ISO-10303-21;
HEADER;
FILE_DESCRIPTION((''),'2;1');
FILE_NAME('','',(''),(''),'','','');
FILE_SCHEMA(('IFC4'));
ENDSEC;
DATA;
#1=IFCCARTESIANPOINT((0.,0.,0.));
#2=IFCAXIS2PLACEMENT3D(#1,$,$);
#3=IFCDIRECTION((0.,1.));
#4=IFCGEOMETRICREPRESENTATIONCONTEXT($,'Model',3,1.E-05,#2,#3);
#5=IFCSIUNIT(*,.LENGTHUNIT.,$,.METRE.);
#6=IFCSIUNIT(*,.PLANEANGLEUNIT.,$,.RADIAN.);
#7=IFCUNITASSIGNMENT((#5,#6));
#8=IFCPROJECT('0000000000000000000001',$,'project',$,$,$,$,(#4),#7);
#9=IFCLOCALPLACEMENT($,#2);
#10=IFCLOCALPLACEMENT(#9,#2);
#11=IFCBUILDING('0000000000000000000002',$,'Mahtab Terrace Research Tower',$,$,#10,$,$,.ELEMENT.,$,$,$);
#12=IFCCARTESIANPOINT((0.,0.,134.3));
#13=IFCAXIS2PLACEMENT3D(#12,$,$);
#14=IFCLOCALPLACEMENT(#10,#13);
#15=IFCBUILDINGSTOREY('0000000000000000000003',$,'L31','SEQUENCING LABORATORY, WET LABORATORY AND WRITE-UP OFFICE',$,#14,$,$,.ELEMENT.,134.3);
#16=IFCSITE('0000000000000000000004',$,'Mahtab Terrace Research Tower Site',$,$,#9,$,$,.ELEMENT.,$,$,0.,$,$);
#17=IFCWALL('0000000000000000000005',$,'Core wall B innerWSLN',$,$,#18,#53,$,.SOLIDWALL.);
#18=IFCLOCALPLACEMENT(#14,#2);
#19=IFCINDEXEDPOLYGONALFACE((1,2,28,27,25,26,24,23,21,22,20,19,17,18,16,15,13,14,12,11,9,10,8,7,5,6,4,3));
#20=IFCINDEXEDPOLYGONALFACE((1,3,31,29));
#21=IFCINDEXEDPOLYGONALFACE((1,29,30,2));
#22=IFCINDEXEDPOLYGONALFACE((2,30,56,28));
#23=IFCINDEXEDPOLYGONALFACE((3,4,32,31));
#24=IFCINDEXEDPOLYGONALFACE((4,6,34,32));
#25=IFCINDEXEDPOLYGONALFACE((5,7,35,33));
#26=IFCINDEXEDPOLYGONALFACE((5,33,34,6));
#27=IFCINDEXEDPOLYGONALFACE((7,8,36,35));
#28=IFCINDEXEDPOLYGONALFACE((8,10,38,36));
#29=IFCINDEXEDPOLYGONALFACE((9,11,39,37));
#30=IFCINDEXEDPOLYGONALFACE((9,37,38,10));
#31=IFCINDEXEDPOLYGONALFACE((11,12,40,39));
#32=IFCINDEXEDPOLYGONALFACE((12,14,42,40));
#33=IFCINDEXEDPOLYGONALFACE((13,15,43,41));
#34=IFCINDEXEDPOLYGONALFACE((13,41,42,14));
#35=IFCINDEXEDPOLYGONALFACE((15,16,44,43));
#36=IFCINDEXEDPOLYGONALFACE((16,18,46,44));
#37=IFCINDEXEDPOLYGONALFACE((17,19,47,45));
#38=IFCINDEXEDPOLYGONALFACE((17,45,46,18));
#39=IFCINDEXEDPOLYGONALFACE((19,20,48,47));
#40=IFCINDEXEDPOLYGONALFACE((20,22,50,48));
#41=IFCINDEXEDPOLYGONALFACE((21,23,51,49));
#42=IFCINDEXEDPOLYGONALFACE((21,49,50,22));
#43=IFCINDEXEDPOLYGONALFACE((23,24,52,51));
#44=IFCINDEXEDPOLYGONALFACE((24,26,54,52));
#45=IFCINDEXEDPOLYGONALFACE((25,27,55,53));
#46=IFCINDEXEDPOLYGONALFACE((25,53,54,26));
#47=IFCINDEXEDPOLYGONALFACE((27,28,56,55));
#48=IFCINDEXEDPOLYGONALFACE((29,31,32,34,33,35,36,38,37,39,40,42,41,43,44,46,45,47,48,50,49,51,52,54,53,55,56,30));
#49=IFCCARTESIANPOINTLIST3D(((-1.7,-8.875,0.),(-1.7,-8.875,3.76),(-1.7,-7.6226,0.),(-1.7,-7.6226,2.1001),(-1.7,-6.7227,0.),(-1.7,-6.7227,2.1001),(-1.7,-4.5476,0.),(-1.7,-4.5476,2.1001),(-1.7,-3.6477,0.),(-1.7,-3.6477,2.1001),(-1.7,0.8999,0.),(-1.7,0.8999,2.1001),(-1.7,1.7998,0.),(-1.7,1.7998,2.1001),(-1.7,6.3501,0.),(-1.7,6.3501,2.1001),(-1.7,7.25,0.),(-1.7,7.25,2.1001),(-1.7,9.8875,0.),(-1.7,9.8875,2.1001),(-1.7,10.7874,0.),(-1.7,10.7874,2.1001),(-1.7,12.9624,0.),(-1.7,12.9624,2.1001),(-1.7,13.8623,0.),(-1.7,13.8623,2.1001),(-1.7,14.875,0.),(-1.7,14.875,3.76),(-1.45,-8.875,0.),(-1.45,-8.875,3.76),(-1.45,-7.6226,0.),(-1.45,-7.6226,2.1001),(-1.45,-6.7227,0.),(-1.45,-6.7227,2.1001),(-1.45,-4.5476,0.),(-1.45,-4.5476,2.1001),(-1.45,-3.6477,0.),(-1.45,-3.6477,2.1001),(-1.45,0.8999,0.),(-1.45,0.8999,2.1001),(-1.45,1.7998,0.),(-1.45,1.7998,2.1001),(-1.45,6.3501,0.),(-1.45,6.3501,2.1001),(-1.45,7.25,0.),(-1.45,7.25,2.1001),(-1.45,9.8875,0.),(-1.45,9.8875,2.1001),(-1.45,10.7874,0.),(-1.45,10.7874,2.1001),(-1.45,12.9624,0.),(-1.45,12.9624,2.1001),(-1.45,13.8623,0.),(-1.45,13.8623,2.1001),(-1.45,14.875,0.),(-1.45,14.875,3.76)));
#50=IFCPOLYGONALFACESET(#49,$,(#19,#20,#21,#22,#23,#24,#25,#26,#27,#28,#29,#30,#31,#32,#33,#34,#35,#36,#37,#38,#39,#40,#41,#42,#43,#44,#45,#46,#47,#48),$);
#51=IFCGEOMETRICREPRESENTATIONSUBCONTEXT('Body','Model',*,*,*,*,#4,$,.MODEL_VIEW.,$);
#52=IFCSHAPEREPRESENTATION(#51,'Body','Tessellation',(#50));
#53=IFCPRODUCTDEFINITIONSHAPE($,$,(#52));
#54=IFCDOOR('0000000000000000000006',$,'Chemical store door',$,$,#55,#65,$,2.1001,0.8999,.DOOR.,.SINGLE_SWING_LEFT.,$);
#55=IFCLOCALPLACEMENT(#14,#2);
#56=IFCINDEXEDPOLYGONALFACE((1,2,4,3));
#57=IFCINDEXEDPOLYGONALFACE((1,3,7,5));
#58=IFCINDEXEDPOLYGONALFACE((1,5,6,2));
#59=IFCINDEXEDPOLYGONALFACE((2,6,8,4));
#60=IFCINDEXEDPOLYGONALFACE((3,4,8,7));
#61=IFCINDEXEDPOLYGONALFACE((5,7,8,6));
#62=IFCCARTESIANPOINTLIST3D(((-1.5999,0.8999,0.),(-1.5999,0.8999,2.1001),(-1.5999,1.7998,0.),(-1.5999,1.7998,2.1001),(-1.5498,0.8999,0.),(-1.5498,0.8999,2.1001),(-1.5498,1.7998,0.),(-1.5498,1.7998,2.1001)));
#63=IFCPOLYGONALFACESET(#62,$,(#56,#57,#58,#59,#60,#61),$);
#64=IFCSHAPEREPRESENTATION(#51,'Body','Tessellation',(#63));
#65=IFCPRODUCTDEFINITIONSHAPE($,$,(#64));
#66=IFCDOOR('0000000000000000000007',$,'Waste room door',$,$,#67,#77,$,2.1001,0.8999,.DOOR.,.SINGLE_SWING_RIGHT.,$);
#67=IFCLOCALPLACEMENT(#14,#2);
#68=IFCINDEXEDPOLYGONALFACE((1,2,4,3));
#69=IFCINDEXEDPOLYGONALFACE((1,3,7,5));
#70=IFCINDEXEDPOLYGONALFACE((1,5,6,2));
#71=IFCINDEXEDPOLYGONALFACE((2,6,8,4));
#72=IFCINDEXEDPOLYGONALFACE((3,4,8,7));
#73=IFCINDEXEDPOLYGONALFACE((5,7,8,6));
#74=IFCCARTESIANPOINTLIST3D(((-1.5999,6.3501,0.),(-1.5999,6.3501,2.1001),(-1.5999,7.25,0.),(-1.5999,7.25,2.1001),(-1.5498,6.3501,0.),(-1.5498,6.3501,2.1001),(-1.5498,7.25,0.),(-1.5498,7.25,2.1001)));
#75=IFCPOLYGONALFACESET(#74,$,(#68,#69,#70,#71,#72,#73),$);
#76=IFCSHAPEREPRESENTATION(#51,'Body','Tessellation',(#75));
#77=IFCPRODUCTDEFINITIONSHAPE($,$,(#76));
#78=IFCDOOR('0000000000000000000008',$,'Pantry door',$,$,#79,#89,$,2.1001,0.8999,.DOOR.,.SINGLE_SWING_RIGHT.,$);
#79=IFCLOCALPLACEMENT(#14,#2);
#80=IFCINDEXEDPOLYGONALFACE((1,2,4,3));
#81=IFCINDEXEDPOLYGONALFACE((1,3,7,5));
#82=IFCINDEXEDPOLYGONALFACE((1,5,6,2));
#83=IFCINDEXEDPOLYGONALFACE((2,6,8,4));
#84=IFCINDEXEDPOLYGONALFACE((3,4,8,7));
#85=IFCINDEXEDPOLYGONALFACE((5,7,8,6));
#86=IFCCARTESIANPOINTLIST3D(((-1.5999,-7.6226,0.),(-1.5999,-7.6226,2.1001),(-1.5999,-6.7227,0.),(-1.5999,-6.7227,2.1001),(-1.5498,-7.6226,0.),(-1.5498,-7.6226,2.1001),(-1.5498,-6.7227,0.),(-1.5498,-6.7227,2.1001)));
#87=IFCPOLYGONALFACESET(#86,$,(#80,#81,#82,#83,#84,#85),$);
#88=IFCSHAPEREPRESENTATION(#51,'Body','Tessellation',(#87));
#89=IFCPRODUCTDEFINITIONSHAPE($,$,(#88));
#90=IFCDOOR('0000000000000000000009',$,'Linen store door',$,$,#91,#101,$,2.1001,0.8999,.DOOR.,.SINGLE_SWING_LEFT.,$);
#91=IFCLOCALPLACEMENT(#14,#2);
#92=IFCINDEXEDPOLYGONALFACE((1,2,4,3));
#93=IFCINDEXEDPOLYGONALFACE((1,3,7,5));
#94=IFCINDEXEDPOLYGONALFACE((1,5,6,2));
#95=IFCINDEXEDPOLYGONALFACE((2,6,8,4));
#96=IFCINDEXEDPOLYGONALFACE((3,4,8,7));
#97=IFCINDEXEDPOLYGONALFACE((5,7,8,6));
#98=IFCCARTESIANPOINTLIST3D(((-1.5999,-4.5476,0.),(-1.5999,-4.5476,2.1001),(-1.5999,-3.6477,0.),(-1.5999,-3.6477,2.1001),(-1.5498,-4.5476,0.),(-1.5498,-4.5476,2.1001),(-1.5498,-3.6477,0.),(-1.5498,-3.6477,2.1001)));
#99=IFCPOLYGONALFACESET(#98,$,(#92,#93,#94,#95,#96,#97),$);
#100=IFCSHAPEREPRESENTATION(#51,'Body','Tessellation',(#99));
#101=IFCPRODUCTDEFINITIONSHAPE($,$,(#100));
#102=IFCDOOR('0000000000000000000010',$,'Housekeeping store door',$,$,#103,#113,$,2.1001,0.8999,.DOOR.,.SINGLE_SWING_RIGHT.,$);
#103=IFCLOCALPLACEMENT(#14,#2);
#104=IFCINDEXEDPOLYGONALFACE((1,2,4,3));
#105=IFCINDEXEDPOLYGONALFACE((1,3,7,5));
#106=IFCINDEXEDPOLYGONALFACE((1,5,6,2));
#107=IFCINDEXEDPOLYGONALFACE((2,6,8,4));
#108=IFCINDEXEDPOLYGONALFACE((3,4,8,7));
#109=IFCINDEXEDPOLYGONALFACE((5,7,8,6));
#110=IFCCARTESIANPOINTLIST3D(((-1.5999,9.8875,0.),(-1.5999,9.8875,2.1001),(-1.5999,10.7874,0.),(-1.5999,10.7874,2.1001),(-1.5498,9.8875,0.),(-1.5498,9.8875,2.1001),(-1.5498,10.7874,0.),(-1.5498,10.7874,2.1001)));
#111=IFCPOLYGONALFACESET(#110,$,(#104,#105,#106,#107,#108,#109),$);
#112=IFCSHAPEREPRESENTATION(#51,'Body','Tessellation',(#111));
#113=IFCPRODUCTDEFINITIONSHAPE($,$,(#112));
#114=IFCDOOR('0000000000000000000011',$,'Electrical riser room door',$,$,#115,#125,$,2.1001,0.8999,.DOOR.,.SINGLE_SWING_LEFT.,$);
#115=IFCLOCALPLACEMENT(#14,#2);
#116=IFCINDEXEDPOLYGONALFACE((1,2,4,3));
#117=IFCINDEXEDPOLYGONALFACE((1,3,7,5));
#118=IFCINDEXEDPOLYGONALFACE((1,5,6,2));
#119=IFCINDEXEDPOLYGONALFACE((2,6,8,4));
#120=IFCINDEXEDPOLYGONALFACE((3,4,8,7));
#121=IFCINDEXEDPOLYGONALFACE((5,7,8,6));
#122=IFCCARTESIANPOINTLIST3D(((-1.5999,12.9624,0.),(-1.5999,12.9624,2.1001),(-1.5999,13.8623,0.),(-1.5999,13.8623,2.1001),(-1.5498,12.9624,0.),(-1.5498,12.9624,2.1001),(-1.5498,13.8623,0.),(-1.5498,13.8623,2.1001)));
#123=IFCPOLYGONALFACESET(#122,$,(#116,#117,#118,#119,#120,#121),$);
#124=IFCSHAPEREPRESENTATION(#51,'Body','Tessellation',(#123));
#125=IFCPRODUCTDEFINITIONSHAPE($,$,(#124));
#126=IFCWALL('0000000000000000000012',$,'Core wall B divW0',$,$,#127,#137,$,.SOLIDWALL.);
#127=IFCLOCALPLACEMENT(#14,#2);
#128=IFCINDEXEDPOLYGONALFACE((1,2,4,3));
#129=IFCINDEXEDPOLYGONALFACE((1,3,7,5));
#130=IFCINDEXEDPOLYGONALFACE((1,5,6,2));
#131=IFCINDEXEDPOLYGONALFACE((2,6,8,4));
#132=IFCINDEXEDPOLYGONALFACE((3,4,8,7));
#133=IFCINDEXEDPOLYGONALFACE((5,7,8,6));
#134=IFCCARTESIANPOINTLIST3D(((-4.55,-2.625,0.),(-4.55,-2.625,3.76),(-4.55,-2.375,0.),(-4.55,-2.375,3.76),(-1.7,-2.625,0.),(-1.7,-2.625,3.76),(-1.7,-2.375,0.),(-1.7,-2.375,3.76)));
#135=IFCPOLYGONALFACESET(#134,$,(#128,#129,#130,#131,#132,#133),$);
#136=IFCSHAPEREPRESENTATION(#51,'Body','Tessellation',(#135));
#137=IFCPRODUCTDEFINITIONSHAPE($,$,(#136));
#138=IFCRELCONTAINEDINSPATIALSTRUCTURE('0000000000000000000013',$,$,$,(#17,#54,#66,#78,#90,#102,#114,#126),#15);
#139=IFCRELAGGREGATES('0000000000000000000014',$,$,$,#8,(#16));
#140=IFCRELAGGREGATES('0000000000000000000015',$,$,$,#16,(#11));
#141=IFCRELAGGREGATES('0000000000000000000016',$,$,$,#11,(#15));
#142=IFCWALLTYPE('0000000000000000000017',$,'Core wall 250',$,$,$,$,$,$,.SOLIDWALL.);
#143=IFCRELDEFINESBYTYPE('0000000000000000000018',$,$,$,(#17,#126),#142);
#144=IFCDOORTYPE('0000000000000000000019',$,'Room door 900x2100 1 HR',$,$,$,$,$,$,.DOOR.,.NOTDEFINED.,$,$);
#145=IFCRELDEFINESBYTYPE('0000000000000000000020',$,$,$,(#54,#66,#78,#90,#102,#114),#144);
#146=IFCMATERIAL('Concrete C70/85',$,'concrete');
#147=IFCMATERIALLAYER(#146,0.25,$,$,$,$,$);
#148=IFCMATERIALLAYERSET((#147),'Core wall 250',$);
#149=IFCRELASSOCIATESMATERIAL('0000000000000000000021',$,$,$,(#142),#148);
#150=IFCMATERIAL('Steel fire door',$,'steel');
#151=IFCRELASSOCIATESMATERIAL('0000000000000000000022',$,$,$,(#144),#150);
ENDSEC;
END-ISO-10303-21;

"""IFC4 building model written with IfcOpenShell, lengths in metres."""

from ifc_helpers import new_model, si_unit, direction, frame, frame_2d, origin, place, context, subcontext, project, spatial, rectangle, extrude, material, layer, layer_set, type_object, element, fill, save


model = new_model("IFC4")

# Units and contexts
model_context = context("Model", 3, precision=1e-05, world=origin(), true_north=direction((0.0, 1.0)))
body_context = subcontext(model_context, "Body", "Model", "MODEL_VIEW")
ifc_project = project(units=[si_unit("LENGTHUNIT", "METRE"), si_unit("PLANEANGLEUNIT", "RADIAN")], contexts=[model_context])

# Site, building, storey
site_placement = place(None, origin())
site = spatial("IfcSite", under=ifc_project, at=site_placement, Name="Mahtab Terrace Research Tower Site", CompositionType="ELEMENT", RefElevation=0.0)
building_placement = place(site_placement, origin())
building = spatial("IfcBuilding", under=site, at=building_placement, Name="Mahtab Terrace Research Tower", CompositionType="ELEMENT")
storey_placement = place(building_placement, frame((0.0, 0.0, 134.3)))
storey = spatial("IfcBuildingStorey", under=building, at=storey_placement, Name="L31", Description="SEQUENCING LABORATORY, WET LABORATORY AND WRITE-UP OFFICE", CompositionType="ELEMENT", Elevation=134.3)

# Shared definitions
ifc_material_1 = material(Name="Concrete C70/85", Category="concrete")

# Wall, openings, doors
ifc_layer_1 = layer(ifc_material_1, 0.25)
ifc_layer_set_1 = layer_set([ifc_layer_1], Name="Core wall 250")
wall_type_1 = type_object("IfcWallType", Name="Core wall 250", PredefinedType="SOLIDWALL", material=ifc_layer_set_1)
wall_1_placement = place(storey_placement, frame((-1.575, -8.875, 0.0), z_axis=(0.0, 0.0, 1.0), x_axis=(0.0, 1.0, 0.0)))
wall_1 = element("IfcWall", 1, at=wall_1_placement, inside=storey, type_object=wall_type_1, Name="Core wall B innerWSLN", PredefinedType="SOLIDWALL", context=body_context, shape_type="SweptSolid", body=[
    extrude(rectangle(XDim=23.75, YDim=0.25, at=frame_2d((11.875, 0.0))), origin(), (0.0, 0.0, 1.0), 3.76),
])
opening_1_placement = place(wall_1_placement, frame((9.7749, 0.0, 0.0)))
opening_1 = element("IfcOpeningElement", 2, at=opening_1_placement, cuts=wall_1, PredefinedType="OPENING", context=body_context, shape_type="SweptSolid", body=[
    extrude(rectangle(XDim=0.8999, YDim=2.1001, at=frame_2d((0.45, 1.05))), frame((0.0, 0.135, 0.0), z_axis=(0.0, -1.0, 0.0), x_axis=(1.0, 0.0, 0.0)), (0.0, 0.0, 1.0), 0.27),
])
opening_2_placement = place(wall_1_placement, frame((15.2251, 0.0, 0.0)))
opening_2 = element("IfcOpeningElement", 3, at=opening_2_placement, cuts=wall_1, PredefinedType="OPENING", context=body_context, shape_type="SweptSolid", body=[
    extrude(rectangle(XDim=0.8999, YDim=2.1001, at=frame_2d((0.45, 1.05))), frame((0.0, 0.135, 0.0), z_axis=(0.0, -1.0, 0.0), x_axis=(1.0, 0.0, 0.0)), (0.0, 0.0, 1.0), 0.27),
])
opening_3_placement = place(wall_1_placement, frame((1.2524, 0.0, 0.0)))
opening_3 = element("IfcOpeningElement", 4, at=opening_3_placement, cuts=wall_1, PredefinedType="OPENING", context=body_context, shape_type="SweptSolid", body=[
    extrude(rectangle(XDim=0.8999, YDim=2.1001, at=frame_2d((0.45, 1.05))), frame((0.0, 0.135, 0.0), z_axis=(0.0, -1.0, 0.0), x_axis=(1.0, 0.0, 0.0)), (0.0, 0.0, 1.0), 0.27),
])
opening_4_placement = place(wall_1_placement, frame((4.3274, 0.0, 0.0)))
opening_4 = element("IfcOpeningElement", 5, at=opening_4_placement, cuts=wall_1, PredefinedType="OPENING", context=body_context, shape_type="SweptSolid", body=[
    extrude(rectangle(XDim=0.8999, YDim=2.1001, at=frame_2d((0.45, 1.05))), frame((0.0, 0.135, 0.0), z_axis=(0.0, -1.0, 0.0), x_axis=(1.0, 0.0, 0.0)), (0.0, 0.0, 1.0), 0.27),
])
opening_5_placement = place(wall_1_placement, frame((18.7625, 0.0, 0.0)))
opening_5 = element("IfcOpeningElement", 6, at=opening_5_placement, cuts=wall_1, PredefinedType="OPENING", context=body_context, shape_type="SweptSolid", body=[
    extrude(rectangle(XDim=0.8999, YDim=2.1001, at=frame_2d((0.45, 1.05))), frame((0.0, 0.135, 0.0), z_axis=(0.0, -1.0, 0.0), x_axis=(1.0, 0.0, 0.0)), (0.0, 0.0, 1.0), 0.27),
])
opening_6_placement = place(wall_1_placement, frame((21.8374, 0.0, 0.0)))
opening_6 = element("IfcOpeningElement", 7, at=opening_6_placement, cuts=wall_1, PredefinedType="OPENING", context=body_context, shape_type="SweptSolid", body=[
    extrude(rectangle(XDim=0.8999, YDim=2.1001, at=frame_2d((0.45, 1.05))), frame((0.0, 0.135, 0.0), z_axis=(0.0, -1.0, 0.0), x_axis=(1.0, 0.0, 0.0)), (0.0, 0.0, 1.0), 0.27),
])
ifc_material_2 = material(Name="Steel fire door", Category="steel")
door_type_1 = type_object("IfcDoorType", Name="Room door 900x2100 1 HR", OperationType="NOTDEFINED", PredefinedType="DOOR", material=ifc_material_2)
door_1_placement = place(opening_1_placement, origin())
door_1 = element("IfcDoor", 8, at=door_1_placement, inside=storey, type_object=door_type_1, Name="Chemical store door", OperationType="SINGLE_SWING_LEFT", OverallHeight=2.1001, OverallWidth=0.8999, PredefinedType="DOOR", context=body_context, shape_type="SweptSolid", body=[
    extrude(rectangle(XDim=0.8999, YDim=2.1001, at=frame_2d((0.45, 1.05))), frame((0.0, 0.0249, 0.0), z_axis=(0.0, -1.0, 0.0), x_axis=(1.0, 0.0, 0.0)), (0.0, 0.0, 1.0), 0.05),
])
fill(opening_1, door_1)
door_2_placement = place(opening_2_placement, origin())
door_2 = element("IfcDoor", 9, at=door_2_placement, inside=storey, type_object=door_type_1, Name="Waste room door", OperationType="SINGLE_SWING_RIGHT", OverallHeight=2.1001, OverallWidth=0.8999, PredefinedType="DOOR", context=body_context, shape_type="SweptSolid", body=[
    extrude(rectangle(XDim=0.8999, YDim=2.1001, at=frame_2d((0.45, 1.05))), frame((0.0, 0.0249, 0.0), z_axis=(0.0, -1.0, 0.0), x_axis=(1.0, 0.0, 0.0)), (0.0, 0.0, 1.0), 0.05),
])
fill(opening_2, door_2)
door_3_placement = place(opening_3_placement, origin())
door_3 = element("IfcDoor", 10, at=door_3_placement, inside=storey, type_object=door_type_1, Name="Pantry door", OperationType="SINGLE_SWING_RIGHT", OverallHeight=2.1001, OverallWidth=0.8999, PredefinedType="DOOR", context=body_context, shape_type="SweptSolid", body=[
    extrude(rectangle(XDim=0.8999, YDim=2.1001, at=frame_2d((0.45, 1.05))), frame((0.0, 0.0249, 0.0), z_axis=(0.0, -1.0, 0.0), x_axis=(1.0, 0.0, 0.0)), (0.0, 0.0, 1.0), 0.05),
])
fill(opening_3, door_3)
door_4_placement = place(opening_4_placement, origin())
door_4 = element("IfcDoor", 11, at=door_4_placement, inside=storey, type_object=door_type_1, Name="Linen store door", OperationType="SINGLE_SWING_LEFT", OverallHeight=2.1001, OverallWidth=0.8999, PredefinedType="DOOR", context=body_context, shape_type="SweptSolid", body=[
    extrude(rectangle(XDim=0.8999, YDim=2.1001, at=frame_2d((0.45, 1.05))), frame((0.0, 0.0249, 0.0), z_axis=(0.0, -1.0, 0.0), x_axis=(1.0, 0.0, 0.0)), (0.0, 0.0, 1.0), 0.05),
])
fill(opening_4, door_4)
door_5_placement = place(opening_5_placement, origin())
door_5 = element("IfcDoor", 12, at=door_5_placement, inside=storey, type_object=door_type_1, Name="Housekeeping store door", OperationType="SINGLE_SWING_RIGHT", OverallHeight=2.1001, OverallWidth=0.8999, PredefinedType="DOOR", context=body_context, shape_type="SweptSolid", body=[
    extrude(rectangle(XDim=0.8999, YDim=2.1001, at=frame_2d((0.45, 1.05))), frame((0.0, 0.0249, 0.0), z_axis=(0.0, -1.0, 0.0), x_axis=(1.0, 0.0, 0.0)), (0.0, 0.0, 1.0), 0.05),
])
fill(opening_5, door_5)
door_6_placement = place(opening_6_placement, origin())
door_6 = element("IfcDoor", 13, at=door_6_placement, inside=storey, type_object=door_type_1, Name="Electrical riser room door", OperationType="SINGLE_SWING_LEFT", OverallHeight=2.1001, OverallWidth=0.8999, PredefinedType="DOOR", context=body_context, shape_type="SweptSolid", body=[
    extrude(rectangle(XDim=0.8999, YDim=2.1001, at=frame_2d((0.45, 1.05))), frame((0.0, 0.0249, 0.0), z_axis=(0.0, -1.0, 0.0), x_axis=(1.0, 0.0, 0.0)), (0.0, 0.0, 1.0), 0.05),
])
fill(opening_6, door_6)

# Wall
wall_2_placement = place(storey_placement, frame((-4.55, -2.5, 0.0), z_axis=(0.0, 0.0, 1.0), x_axis=(1.0, 0.0, 0.0)))
element("IfcWall", 14, at=wall_2_placement, inside=storey, type_object=wall_type_1, Name="Core wall B divW0", PredefinedType="SOLIDWALL", context=body_context, shape_type="SweptSolid", body=[
    extrude(rectangle(XDim=2.8501, YDim=0.25, at=frame_2d((1.425, 0.0))), origin(), (0.0, 0.0, 1.0), 3.76),
])

save(model, "model.ifc")
